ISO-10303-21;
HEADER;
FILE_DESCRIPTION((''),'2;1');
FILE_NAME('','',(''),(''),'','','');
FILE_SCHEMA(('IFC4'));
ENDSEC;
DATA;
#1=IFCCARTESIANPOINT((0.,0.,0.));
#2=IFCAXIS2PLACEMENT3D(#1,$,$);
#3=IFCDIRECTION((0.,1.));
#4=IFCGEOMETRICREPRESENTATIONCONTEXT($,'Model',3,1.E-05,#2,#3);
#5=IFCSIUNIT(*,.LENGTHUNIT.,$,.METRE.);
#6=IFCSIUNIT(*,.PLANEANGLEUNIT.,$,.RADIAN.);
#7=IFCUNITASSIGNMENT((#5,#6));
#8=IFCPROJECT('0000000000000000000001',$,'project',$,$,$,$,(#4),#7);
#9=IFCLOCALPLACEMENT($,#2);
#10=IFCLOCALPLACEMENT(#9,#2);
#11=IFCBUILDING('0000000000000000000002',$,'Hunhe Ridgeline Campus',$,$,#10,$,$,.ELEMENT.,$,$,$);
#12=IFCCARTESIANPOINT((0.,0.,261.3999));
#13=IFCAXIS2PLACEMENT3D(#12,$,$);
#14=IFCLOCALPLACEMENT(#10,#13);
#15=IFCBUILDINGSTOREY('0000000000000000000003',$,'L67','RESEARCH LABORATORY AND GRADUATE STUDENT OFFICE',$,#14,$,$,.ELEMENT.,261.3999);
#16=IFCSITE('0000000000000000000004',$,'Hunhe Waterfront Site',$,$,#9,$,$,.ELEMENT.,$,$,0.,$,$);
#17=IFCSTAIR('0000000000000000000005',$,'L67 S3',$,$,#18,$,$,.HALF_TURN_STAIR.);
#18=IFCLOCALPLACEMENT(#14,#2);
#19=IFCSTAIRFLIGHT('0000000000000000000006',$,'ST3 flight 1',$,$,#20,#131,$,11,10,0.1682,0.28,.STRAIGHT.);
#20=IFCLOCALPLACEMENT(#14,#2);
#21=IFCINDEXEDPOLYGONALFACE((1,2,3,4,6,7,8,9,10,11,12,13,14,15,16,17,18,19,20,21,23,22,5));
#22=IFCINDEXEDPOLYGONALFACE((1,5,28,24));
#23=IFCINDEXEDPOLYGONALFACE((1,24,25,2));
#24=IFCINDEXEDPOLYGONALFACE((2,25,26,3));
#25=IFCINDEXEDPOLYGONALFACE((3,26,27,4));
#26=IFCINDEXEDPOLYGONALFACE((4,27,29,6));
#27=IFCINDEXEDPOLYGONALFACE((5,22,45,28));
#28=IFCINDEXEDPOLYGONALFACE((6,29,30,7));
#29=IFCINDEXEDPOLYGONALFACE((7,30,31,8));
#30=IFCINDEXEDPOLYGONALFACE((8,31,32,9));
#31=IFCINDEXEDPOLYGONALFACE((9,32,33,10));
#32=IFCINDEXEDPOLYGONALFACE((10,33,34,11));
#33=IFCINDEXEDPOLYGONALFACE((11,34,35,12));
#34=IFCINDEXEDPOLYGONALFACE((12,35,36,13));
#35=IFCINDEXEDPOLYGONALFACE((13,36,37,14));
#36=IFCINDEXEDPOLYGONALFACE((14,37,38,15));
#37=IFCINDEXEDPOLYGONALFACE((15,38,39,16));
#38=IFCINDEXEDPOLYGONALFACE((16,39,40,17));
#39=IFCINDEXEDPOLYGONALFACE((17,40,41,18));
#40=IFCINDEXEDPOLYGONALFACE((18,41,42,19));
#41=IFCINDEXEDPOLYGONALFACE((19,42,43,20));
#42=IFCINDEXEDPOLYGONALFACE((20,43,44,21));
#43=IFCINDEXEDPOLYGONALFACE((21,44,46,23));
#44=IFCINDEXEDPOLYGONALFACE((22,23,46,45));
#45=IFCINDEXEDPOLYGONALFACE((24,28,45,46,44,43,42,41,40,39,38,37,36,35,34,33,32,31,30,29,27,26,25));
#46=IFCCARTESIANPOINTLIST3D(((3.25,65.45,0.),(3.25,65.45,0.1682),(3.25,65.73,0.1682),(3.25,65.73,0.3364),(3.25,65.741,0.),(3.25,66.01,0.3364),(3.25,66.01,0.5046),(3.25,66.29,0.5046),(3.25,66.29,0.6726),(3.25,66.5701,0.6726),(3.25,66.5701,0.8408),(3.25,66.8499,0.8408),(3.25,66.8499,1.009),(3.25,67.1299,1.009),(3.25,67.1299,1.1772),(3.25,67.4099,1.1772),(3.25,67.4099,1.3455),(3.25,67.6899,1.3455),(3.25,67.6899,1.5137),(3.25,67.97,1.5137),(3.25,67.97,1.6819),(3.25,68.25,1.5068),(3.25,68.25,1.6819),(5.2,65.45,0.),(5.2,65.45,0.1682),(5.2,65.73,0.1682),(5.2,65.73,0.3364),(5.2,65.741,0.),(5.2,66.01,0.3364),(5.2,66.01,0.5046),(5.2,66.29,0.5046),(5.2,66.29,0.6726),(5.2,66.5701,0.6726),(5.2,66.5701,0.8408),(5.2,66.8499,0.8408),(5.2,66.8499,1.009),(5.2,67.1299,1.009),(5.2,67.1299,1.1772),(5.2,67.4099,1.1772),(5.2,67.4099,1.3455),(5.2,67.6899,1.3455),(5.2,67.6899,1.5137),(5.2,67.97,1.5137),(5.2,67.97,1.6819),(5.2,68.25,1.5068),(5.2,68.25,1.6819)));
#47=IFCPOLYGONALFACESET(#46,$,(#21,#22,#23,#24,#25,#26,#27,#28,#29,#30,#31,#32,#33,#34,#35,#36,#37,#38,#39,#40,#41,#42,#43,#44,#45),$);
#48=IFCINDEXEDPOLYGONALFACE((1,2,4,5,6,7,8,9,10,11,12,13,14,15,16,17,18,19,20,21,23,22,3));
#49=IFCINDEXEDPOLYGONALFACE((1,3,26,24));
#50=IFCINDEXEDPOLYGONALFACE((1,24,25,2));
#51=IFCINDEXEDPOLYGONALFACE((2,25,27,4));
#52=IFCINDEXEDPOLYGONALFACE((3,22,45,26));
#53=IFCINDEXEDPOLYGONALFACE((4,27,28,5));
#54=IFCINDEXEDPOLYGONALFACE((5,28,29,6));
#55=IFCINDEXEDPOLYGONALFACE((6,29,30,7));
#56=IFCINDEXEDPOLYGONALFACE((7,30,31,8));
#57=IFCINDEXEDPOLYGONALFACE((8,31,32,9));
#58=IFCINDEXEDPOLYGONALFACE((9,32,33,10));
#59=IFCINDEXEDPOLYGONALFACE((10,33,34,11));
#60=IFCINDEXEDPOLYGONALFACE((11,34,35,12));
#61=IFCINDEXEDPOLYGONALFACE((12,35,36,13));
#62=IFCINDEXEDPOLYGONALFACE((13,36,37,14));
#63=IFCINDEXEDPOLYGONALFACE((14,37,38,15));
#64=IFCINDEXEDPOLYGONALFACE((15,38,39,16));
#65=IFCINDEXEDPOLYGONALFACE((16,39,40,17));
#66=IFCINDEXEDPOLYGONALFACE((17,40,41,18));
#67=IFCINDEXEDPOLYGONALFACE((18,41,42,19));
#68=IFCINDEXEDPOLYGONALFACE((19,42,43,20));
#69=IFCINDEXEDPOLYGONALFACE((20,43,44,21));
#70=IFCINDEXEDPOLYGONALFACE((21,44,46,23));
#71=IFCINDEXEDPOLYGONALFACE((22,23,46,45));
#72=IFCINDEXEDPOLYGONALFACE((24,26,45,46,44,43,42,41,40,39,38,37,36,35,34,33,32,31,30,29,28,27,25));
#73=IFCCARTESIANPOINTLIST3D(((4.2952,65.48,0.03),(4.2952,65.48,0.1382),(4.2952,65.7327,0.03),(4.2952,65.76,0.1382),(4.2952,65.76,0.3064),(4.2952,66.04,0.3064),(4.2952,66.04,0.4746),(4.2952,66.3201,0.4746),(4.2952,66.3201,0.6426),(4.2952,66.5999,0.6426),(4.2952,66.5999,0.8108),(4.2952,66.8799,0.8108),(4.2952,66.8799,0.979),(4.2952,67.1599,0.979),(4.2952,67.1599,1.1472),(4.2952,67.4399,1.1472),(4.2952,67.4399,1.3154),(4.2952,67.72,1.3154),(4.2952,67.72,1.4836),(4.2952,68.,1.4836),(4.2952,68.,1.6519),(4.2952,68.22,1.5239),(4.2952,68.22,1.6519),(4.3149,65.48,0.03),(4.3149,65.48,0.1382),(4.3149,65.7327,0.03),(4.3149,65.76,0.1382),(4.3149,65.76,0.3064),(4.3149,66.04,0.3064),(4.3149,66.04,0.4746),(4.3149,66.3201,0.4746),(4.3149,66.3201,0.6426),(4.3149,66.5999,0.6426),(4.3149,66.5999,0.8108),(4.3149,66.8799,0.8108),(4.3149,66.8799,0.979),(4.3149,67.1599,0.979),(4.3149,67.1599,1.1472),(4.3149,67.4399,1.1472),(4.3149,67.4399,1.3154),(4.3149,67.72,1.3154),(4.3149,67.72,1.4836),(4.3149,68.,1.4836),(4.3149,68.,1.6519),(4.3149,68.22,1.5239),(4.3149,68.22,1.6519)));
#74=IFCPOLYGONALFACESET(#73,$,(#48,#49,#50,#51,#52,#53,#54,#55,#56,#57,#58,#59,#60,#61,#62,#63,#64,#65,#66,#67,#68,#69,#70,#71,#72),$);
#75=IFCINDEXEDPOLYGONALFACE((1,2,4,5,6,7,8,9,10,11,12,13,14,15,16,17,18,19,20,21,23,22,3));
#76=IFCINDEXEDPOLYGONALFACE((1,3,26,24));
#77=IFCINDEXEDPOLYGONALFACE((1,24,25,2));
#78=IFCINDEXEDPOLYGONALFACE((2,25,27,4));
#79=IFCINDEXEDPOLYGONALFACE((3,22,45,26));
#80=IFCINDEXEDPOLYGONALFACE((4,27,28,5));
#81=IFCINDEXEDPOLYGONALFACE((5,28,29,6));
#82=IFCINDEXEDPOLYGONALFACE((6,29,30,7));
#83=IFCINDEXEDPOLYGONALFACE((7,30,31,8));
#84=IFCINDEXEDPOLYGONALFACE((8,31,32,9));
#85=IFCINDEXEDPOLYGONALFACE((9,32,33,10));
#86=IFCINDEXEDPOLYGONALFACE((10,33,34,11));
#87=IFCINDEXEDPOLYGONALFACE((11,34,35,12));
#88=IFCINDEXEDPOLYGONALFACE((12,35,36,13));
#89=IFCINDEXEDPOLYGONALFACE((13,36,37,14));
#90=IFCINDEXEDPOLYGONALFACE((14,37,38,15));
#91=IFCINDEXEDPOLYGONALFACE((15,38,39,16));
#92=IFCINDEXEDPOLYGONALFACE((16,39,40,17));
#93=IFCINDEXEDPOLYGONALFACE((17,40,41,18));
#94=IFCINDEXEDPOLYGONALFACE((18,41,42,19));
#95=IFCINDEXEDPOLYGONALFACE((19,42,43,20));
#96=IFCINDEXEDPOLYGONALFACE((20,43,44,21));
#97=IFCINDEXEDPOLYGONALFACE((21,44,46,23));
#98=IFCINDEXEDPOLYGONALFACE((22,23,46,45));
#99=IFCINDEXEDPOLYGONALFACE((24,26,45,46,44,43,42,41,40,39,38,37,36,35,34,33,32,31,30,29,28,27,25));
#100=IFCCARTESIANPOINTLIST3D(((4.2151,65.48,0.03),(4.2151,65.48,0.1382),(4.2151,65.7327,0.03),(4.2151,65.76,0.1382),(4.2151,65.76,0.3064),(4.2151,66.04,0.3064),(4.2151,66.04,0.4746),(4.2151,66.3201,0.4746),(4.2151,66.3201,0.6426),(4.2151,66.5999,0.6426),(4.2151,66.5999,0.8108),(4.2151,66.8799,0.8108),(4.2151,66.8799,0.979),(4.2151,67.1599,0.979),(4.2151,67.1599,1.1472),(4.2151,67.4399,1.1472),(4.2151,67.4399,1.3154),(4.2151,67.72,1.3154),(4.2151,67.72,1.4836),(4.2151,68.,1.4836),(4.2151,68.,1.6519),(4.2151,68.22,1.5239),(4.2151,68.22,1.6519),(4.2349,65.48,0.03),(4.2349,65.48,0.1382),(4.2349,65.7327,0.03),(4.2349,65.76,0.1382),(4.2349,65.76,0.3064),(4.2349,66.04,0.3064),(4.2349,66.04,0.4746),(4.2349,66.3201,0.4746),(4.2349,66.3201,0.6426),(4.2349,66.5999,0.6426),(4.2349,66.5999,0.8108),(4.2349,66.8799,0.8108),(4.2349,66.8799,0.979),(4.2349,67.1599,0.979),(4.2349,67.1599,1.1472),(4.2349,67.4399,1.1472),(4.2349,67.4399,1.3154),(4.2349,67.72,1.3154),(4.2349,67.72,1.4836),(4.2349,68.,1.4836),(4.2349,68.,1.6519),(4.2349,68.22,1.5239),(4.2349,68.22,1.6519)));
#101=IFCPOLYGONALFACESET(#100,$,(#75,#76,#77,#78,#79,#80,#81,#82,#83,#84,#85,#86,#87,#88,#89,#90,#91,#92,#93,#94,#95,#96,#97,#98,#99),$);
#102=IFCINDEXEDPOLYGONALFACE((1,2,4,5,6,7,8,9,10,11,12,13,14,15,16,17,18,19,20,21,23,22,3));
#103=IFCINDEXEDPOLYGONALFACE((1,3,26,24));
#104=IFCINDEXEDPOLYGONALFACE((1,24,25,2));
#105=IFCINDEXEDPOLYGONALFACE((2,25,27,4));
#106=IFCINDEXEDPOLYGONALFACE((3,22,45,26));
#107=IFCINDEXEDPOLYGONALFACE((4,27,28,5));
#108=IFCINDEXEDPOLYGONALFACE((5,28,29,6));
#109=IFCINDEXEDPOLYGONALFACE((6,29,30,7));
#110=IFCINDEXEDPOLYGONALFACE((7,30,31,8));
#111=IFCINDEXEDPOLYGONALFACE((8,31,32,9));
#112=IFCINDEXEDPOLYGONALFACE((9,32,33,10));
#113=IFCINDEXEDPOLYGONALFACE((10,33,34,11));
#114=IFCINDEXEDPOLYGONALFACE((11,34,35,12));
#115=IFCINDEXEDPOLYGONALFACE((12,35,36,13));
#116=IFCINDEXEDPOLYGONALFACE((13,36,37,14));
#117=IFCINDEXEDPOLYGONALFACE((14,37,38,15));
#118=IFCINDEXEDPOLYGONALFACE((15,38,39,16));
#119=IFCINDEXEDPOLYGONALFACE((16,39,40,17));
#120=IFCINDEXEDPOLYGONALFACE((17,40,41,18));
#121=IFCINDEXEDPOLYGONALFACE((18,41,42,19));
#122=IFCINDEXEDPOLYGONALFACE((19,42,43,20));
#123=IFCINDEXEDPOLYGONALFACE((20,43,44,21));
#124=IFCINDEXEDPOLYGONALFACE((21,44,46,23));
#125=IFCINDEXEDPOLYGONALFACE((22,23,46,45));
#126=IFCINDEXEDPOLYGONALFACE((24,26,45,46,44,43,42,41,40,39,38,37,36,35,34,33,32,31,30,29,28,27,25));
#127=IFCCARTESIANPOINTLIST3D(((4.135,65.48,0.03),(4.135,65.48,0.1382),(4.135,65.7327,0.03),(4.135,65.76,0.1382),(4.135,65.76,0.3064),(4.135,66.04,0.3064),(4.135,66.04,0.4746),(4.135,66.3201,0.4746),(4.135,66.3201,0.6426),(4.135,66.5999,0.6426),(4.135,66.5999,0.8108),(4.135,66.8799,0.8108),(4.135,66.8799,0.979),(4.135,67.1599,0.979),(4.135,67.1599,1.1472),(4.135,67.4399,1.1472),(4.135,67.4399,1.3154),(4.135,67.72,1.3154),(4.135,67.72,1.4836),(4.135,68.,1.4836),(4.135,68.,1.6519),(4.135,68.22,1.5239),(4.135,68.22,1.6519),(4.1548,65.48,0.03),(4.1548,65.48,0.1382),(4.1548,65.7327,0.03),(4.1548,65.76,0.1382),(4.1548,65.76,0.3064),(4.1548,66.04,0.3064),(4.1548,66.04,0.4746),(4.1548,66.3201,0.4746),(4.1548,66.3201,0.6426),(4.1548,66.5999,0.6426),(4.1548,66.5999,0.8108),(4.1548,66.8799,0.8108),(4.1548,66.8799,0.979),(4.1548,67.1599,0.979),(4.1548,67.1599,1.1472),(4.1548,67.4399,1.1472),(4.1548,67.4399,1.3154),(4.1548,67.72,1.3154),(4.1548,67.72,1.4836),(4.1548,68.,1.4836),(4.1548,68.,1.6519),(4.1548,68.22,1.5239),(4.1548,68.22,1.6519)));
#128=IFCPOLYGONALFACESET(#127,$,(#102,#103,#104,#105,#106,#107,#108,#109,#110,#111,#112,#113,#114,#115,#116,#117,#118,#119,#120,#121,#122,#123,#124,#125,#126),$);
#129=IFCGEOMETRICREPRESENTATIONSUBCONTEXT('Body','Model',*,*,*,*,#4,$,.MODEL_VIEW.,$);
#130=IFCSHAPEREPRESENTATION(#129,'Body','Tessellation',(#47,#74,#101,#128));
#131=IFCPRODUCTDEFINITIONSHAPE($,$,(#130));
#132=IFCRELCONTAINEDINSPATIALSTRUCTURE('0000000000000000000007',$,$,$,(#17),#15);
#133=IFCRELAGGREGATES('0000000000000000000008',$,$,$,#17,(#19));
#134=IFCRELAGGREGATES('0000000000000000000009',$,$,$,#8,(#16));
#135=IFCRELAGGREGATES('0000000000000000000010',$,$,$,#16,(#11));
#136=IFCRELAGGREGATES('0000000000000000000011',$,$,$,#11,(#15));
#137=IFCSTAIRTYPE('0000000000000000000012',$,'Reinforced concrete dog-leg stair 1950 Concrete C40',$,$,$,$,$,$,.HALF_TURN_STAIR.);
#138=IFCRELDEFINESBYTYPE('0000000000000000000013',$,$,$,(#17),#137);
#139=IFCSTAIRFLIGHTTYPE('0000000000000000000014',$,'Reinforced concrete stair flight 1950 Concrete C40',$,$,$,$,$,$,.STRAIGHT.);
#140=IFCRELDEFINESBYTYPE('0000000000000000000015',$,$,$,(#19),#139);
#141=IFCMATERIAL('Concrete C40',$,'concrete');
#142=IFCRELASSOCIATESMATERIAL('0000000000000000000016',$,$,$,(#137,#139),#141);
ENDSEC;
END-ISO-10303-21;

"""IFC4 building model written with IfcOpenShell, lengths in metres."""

from ifc_helpers import new_model, si_unit, direction, frame, origin, place, context, subcontext, project, spatial, polyline, outline, extrude, material, type_object, element, aggregate, save


model = new_model("IFC4")

# Units and contexts
model_context = context("Model", 3, precision=1e-05, world=origin(), true_north=direction((0.0, 1.0)))
body_context = subcontext(model_context, "Body", "Model", "MODEL_VIEW")
ifc_project = project(units=[si_unit("LENGTHUNIT", "METRE"), si_unit("PLANEANGLEUNIT", "RADIAN")], contexts=[model_context])

# Site, building, storey
site_placement = place(None, origin())
site = spatial("IfcSite", under=ifc_project, at=site_placement, Name="Hunhe Waterfront Site", CompositionType="ELEMENT", RefElevation=0.0)
building_placement = place(site_placement, origin())
building = spatial("IfcBuilding", under=site, at=building_placement, Name="Hunhe Ridgeline Campus", CompositionType="ELEMENT")
storey_placement = place(building_placement, frame((0.0, 0.0, 261.3999)))
storey = spatial("IfcBuildingStorey", under=building, at=storey_placement, Name="L67", Description="RESEARCH LABORATORY AND GRADUATE STUDENT OFFICE", CompositionType="ELEMENT", Elevation=261.3999)

# Stair, stair flight
ifc_material_1 = material(Name="Concrete C40", Category="concrete")
stair_type = type_object("IfcStairType", Name="Reinforced concrete dog-leg stair 1950 Concrete C40", PredefinedType="HALF_TURN_STAIR", material=ifc_material_1)
stair_1_placement = place(storey_placement, origin())
stair_1 = element("IfcStair", 1, at=stair_1_placement, inside=storey, type_object=stair_type, Name="L67 S3", PredefinedType="HALF_TURN_STAIR")
stair_flight_type = type_object("IfcStairFlightType", Name="Reinforced concrete stair flight 1950 Concrete C40", PredefinedType="STRAIGHT", material=ifc_material_1)
stair_flight_1_placement = place(storey_placement, frame((4.2251, 65.45, 0.0), z_axis=(0.0, 0.0, 1.0), x_axis=(0.0, 1.0, 0.0)))
stair_flight_1 = element("IfcStairFlight", 2, at=stair_flight_1_placement, type_object=stair_flight_type, Name="ST3 flight 1", NumberOfRisers=11, NumberOfTreads=10, PredefinedType="STRAIGHT", RiserHeight=0.1682, TreadLength=0.28, context=body_context, shape_type="SweptSolid", body=[
    extrude(outline(polyline([(0.0, 0.0), (0.0, 0.1682), (0.28, 0.1682), (0.28, 0.3364), (0.5601, 0.3364), (0.5601, 0.5046), (0.8401, 0.5046), (0.8401, 0.6726), (1.1201, 0.6726), (1.1201, 0.8408), (1.3999, 0.8408), (1.3999, 1.009), (1.6799, 1.009), (1.6799, 1.1772), (1.96, 1.1772), (1.96, 1.3455), (2.24, 1.3455), (2.24, 1.5137), (2.52, 1.5137), (2.52, 1.6819), (2.8, 1.6819), (2.8, 1.8501), (2.8, 1.5068), (0.291, 0.0), (0.0, 0.0)])), frame((0.0, 0.9751, 0.0), z_axis=(0.0, -1.0, 0.0), x_axis=(1.0, 0.0, 0.0)), (0.0, 0.0, 1.0), 1.95),
    extrude(outline(polyline([(0.03, 0.03), (0.03, 0.1382), (0.3101, 0.1382), (0.3101, 0.3064), (0.5901, 0.3064), (0.5901, 0.4746), (0.8701, 0.4746), (0.8701, 0.6426), (1.1499, 0.6426), (1.1499, 0.8108), (1.4299, 0.8108), (1.4299, 0.979), (1.71, 0.979), (1.71, 1.1472), (1.99, 1.1472), (1.99, 1.3154), (2.27, 1.3154), (2.27, 1.4836), (2.55, 1.4836), (2.55, 1.6519), (2.77, 1.6519), (2.77, 1.5239), (0.2827, 0.03), (0.03, 0.03)])), frame((0.0, -0.0701, 0.0), z_axis=(0.0, -1.0, 0.0), x_axis=(1.0, 0.0, 0.0)), (0.0, 0.0, 1.0), 0.0198),
    extrude(outline(polyline([(0.03, 0.03), (0.03, 0.1382), (0.3101, 0.1382), (0.3101, 0.3064), (0.5901, 0.3064), (0.5901, 0.4746), (0.8701, 0.4746), (0.8701, 0.6426), (1.1499, 0.6426), (1.1499, 0.8108), (1.4299, 0.8108), (1.4299, 0.979), (1.71, 0.979), (1.71, 1.1472), (1.99, 1.1472), (1.99, 1.3154), (2.27, 1.3154), (2.27, 1.4836), (2.55, 1.4836), (2.55, 1.6519), (2.77, 1.6519), (2.77, 1.5239), (0.2827, 0.03), (0.03, 0.03)])), frame((0.0, 0.01, 0.0), z_axis=(0.0, -1.0, 0.0), x_axis=(1.0, 0.0, 0.0)), (0.0, 0.0, 1.0), 0.0198),
    extrude(outline(polyline([(0.03, 0.03), (0.03, 0.1382), (0.3101, 0.1382), (0.3101, 0.3064), (0.5901, 0.3064), (0.5901, 0.4746), (0.8701, 0.4746), (0.8701, 0.6426), (1.1499, 0.6426), (1.1499, 0.8108), (1.4299, 0.8108), (1.4299, 0.979), (1.71, 0.979), (1.71, 1.1472), (1.99, 1.1472), (1.99, 1.3154), (2.27, 1.3154), (2.27, 1.4836), (2.55, 1.4836), (2.55, 1.6519), (2.77, 1.6519), (2.77, 1.5239), (0.2827, 0.03), (0.03, 0.03)])), frame((0.0, 0.0901, 0.0), z_axis=(0.0, -1.0, 0.0), x_axis=(1.0, 0.0, 0.0)), (0.0, 0.0, 1.0), 0.0198),
])
aggregate(stair_1, [stair_flight_1])

save(model, "model.ifc")
